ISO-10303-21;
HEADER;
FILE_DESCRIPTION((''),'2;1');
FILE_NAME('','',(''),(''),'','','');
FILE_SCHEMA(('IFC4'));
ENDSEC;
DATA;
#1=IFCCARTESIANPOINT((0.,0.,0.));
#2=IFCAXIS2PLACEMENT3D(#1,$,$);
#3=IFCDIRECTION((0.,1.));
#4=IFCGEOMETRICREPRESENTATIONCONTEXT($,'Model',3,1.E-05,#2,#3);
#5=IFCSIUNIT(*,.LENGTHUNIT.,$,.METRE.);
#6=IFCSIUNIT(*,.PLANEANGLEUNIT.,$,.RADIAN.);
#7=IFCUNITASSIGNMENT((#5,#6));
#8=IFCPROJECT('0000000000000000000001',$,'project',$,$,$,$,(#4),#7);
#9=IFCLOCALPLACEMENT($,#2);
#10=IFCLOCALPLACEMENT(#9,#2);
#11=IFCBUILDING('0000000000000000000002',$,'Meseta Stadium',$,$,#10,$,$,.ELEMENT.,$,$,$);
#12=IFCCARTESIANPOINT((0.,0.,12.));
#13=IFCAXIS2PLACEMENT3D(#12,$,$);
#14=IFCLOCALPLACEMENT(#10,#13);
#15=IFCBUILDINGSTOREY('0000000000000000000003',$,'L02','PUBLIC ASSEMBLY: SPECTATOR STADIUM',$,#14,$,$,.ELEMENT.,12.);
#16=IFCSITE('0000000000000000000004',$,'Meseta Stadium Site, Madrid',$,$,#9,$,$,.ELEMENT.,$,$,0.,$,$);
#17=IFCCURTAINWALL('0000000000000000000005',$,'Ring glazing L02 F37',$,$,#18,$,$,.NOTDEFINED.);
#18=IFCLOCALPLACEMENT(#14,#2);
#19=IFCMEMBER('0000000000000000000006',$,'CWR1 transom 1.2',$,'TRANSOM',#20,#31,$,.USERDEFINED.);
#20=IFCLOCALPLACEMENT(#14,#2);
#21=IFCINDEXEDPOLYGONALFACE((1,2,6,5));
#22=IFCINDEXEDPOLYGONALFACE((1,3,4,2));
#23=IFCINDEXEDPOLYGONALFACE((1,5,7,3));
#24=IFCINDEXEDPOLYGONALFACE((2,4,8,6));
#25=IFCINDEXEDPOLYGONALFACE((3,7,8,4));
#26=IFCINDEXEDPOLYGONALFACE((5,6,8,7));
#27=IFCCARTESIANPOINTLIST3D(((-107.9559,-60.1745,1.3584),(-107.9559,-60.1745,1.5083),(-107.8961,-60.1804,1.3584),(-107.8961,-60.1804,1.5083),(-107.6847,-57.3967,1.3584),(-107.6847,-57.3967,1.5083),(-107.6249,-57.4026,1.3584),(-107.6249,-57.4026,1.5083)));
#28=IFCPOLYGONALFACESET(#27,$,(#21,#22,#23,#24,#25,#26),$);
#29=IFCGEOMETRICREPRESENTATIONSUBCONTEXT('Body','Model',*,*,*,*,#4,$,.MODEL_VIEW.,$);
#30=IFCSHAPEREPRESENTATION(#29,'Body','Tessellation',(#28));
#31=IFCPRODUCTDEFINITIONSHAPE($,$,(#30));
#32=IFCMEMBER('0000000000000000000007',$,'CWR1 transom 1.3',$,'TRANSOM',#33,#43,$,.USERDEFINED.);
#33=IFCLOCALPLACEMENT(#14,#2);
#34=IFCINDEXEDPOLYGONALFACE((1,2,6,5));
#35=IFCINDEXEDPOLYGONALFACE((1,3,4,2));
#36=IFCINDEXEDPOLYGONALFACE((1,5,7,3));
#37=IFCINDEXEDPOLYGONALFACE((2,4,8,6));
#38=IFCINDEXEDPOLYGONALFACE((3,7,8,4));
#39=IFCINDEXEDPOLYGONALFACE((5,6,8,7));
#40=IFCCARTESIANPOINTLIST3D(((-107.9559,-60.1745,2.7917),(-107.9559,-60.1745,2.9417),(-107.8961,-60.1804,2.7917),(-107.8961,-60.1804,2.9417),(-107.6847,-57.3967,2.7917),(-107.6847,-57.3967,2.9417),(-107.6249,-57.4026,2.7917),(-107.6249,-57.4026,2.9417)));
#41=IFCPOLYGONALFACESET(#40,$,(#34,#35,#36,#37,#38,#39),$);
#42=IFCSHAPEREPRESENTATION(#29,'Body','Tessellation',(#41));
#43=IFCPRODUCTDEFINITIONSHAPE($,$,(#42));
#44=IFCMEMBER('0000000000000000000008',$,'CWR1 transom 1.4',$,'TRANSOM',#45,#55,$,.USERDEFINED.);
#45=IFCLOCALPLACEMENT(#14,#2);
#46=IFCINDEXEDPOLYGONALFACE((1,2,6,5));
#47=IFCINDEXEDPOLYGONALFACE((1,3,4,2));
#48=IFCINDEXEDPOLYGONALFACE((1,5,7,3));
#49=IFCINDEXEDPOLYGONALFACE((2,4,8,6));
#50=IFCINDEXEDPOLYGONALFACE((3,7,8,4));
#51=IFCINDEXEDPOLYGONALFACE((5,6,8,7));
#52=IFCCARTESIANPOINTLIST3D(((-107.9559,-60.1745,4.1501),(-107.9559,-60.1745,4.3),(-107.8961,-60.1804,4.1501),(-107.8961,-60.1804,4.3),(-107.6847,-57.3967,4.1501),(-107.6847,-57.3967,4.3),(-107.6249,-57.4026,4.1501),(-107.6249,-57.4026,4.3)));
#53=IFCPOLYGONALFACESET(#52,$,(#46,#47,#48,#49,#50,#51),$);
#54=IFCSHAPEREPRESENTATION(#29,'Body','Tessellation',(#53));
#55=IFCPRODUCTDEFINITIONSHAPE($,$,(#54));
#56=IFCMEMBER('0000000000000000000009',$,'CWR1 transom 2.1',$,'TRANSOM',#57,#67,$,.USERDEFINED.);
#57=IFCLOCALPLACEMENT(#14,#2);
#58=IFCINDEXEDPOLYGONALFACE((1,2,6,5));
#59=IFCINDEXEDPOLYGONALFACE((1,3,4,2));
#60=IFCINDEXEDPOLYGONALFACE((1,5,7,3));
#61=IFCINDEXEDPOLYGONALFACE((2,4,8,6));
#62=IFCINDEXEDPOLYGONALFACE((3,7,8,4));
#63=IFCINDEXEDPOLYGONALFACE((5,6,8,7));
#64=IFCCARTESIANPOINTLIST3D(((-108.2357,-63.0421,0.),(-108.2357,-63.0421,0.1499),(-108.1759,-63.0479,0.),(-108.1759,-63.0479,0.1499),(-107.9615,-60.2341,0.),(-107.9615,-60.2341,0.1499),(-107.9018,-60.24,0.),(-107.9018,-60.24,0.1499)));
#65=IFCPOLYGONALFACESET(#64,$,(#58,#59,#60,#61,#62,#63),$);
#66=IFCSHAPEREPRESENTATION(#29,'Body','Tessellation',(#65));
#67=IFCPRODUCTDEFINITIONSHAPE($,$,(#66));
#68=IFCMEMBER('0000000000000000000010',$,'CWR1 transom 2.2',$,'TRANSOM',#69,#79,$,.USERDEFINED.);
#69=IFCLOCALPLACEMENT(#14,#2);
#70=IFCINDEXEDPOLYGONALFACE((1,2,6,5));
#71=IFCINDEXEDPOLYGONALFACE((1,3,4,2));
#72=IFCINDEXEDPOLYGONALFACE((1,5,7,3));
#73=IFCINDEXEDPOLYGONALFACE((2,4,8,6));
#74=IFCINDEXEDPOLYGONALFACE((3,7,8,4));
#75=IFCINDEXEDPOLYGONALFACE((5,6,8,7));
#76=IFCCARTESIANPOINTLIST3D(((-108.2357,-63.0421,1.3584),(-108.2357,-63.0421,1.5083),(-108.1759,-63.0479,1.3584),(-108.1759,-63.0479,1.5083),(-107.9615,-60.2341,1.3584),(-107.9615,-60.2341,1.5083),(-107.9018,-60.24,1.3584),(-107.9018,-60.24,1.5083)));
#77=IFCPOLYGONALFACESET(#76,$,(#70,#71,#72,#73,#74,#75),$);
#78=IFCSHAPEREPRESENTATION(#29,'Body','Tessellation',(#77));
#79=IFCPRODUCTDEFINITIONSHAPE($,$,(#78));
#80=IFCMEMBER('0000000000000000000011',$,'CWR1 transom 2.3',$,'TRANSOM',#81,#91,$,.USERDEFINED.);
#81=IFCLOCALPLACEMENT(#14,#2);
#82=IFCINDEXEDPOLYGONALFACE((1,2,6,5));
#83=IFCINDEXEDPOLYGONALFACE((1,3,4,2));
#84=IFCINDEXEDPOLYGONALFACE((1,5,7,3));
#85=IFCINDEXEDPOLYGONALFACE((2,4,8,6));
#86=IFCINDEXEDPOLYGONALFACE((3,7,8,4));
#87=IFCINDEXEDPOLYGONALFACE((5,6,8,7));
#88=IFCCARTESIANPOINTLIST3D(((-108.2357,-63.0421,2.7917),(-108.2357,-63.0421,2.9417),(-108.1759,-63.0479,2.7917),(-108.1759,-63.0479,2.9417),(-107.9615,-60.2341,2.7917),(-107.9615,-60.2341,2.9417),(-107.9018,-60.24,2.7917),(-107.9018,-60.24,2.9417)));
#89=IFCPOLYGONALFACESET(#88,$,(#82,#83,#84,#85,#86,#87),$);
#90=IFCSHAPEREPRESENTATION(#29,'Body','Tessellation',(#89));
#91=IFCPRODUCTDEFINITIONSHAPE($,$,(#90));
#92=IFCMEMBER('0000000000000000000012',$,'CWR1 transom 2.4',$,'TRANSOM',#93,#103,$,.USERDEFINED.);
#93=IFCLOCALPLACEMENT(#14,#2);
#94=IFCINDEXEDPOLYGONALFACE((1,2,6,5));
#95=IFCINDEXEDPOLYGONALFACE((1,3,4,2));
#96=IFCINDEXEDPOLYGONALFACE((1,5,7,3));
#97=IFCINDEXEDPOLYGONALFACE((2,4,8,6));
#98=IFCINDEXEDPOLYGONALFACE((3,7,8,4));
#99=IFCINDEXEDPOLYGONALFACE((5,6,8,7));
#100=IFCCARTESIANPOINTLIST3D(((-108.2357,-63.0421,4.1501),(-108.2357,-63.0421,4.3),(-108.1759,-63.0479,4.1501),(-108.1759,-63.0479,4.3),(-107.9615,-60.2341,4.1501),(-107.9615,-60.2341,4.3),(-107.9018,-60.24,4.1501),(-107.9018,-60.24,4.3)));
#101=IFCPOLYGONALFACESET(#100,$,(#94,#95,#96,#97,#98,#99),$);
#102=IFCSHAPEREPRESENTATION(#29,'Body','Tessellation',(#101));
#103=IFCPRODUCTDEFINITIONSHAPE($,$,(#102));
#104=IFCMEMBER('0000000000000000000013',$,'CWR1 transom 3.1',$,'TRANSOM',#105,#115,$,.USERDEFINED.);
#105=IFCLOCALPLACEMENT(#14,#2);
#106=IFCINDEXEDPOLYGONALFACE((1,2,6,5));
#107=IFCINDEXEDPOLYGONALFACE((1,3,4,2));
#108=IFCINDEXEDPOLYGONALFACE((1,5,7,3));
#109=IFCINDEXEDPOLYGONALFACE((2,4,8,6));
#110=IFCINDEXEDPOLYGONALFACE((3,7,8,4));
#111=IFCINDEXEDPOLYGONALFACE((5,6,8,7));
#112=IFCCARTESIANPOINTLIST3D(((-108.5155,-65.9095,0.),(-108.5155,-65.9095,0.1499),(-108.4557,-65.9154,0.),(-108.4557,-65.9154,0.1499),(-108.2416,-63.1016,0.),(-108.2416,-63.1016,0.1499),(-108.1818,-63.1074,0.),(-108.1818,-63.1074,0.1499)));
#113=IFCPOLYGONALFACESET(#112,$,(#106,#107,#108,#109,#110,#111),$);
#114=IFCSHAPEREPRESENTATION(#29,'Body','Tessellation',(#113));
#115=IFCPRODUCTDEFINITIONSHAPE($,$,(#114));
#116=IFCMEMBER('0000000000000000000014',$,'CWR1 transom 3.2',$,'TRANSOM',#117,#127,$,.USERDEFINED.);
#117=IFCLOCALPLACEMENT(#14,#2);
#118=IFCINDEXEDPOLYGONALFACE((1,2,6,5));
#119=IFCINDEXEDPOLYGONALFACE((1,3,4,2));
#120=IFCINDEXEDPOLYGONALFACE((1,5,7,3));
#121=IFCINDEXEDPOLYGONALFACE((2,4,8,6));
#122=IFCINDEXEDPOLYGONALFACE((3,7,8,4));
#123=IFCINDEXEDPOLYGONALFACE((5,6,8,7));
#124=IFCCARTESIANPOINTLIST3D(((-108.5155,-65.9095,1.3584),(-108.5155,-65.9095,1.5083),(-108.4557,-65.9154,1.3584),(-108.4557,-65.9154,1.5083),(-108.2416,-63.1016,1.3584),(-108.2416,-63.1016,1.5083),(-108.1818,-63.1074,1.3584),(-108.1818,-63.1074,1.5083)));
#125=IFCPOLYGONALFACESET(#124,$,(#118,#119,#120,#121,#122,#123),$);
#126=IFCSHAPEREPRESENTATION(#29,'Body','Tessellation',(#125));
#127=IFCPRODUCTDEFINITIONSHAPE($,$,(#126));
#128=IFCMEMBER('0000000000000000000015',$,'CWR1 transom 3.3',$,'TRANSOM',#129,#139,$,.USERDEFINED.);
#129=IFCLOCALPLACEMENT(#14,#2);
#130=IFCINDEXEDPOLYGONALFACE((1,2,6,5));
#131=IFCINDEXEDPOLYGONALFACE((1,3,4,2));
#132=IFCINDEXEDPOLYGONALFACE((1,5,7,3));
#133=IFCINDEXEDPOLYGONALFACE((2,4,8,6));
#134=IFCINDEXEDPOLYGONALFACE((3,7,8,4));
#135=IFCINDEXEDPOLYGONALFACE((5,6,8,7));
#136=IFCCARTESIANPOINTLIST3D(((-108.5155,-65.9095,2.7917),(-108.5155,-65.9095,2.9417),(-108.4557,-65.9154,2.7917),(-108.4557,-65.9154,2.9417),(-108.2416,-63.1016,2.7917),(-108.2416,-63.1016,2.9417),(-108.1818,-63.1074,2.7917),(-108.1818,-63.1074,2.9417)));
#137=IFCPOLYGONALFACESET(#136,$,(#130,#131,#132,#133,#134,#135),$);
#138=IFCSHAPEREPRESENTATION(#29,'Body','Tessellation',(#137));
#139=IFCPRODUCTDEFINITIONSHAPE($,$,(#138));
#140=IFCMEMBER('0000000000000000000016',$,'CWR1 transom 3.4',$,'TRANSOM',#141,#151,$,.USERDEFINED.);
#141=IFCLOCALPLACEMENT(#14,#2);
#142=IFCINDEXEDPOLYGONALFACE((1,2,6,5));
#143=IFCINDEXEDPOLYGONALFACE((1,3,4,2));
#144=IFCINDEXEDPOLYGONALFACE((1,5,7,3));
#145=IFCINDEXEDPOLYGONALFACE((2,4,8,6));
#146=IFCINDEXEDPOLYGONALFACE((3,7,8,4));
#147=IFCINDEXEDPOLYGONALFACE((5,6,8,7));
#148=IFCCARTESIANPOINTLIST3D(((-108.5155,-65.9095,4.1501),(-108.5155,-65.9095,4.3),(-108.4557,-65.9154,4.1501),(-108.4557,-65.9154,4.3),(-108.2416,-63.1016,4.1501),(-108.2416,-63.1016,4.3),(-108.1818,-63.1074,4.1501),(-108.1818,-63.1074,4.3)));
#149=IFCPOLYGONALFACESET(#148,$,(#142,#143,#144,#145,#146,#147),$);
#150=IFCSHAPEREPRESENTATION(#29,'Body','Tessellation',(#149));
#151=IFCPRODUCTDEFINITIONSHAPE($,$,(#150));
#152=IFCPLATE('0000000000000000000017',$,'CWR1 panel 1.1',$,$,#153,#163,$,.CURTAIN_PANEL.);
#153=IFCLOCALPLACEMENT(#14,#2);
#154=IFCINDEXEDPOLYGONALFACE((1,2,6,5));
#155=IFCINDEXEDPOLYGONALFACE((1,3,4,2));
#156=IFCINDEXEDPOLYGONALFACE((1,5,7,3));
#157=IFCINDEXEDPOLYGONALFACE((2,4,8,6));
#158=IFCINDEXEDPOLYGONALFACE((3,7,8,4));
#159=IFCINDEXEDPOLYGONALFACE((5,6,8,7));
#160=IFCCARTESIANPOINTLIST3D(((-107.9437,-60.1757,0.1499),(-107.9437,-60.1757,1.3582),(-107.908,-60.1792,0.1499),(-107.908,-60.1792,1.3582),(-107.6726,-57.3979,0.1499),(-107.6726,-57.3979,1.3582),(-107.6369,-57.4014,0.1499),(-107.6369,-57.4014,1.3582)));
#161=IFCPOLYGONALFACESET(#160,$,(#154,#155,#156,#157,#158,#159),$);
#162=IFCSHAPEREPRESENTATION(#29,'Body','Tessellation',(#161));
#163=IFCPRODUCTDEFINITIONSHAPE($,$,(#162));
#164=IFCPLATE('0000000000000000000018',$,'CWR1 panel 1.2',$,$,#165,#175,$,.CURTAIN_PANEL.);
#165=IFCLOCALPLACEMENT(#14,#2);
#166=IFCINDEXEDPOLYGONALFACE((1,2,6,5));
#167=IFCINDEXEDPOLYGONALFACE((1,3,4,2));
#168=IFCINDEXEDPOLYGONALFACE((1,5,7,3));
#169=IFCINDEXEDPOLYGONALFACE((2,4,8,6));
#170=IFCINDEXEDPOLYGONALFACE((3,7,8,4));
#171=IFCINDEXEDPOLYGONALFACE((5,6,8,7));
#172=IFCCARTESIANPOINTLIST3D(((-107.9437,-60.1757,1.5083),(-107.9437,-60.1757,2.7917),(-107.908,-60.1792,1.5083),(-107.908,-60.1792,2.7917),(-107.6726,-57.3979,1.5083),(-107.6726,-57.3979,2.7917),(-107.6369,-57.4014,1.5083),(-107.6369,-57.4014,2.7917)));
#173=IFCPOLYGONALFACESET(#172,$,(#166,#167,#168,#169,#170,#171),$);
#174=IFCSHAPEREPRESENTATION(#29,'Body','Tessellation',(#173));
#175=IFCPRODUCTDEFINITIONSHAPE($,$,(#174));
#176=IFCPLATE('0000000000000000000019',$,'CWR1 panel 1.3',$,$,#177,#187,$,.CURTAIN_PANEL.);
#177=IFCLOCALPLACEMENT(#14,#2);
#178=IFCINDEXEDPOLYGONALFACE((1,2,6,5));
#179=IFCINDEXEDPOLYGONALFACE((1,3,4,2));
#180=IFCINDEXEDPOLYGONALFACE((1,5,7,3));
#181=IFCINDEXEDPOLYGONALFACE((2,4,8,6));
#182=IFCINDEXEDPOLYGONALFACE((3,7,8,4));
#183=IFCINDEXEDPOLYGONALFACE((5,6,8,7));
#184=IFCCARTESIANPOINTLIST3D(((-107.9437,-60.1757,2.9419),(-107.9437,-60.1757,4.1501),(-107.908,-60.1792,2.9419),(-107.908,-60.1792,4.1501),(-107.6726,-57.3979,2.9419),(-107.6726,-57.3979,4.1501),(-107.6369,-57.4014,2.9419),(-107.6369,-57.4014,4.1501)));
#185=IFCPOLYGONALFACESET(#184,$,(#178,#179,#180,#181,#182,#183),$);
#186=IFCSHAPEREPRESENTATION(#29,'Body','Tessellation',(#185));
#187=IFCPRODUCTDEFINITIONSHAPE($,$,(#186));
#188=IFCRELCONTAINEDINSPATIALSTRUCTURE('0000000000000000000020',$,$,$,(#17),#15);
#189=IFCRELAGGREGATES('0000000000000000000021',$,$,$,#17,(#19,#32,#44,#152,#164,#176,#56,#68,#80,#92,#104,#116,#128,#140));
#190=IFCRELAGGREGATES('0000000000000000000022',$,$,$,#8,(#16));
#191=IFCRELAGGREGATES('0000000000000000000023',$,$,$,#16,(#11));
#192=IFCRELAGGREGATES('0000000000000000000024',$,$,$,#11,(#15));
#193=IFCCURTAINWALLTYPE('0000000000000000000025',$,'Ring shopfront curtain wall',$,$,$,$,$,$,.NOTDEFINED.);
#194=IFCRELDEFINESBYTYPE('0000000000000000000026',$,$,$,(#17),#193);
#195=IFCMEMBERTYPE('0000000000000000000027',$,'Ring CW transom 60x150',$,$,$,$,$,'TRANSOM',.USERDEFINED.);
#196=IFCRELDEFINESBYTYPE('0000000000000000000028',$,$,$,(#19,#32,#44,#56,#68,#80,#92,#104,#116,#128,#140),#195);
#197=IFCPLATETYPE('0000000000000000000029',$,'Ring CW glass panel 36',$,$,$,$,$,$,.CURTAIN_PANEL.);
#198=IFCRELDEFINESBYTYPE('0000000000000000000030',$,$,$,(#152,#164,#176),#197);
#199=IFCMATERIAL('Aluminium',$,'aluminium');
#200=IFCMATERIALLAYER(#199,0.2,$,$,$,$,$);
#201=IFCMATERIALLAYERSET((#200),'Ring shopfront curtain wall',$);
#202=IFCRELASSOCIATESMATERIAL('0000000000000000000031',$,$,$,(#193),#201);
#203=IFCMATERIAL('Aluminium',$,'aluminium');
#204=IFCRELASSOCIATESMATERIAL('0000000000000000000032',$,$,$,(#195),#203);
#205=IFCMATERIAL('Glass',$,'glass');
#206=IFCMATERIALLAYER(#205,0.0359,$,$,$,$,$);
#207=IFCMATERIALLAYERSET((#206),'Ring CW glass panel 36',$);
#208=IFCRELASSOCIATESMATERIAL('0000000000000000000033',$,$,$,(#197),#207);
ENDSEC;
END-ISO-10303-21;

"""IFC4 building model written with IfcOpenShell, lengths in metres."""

from ifc_helpers import new_model, si_unit, direction, frame, origin, origin_2d, place, context, subcontext, project, spatial, rectangle, extrude, material, layer, layer_set, material_profile, profile_set, type_object, element, aggregate, save


model = new_model("IFC4")

# Units and contexts
model_context = context("Model", 3, precision=1e-05, world=origin(), true_north=direction((0.0, 1.0)))
body_context = subcontext(model_context, "Body", "Model", "MODEL_VIEW")
ifc_project = project(units=[si_unit("LENGTHUNIT", "METRE"), si_unit("PLANEANGLEUNIT", "RADIAN")], contexts=[model_context])

# Site, building, storey
site_placement = place(None, origin())
site = spatial("IfcSite", under=ifc_project, at=site_placement, Name="Meseta Stadium Site, Madrid", CompositionType="ELEMENT", RefElevation=0.0)
building_placement = place(site_placement, origin())
building = spatial("IfcBuilding", under=site, at=building_placement, Name="Meseta Stadium", CompositionType="ELEMENT")
storey_placement = place(building_placement, frame((0.0, 0.0, 12.0)))
storey = spatial("IfcBuildingStorey", under=building, at=storey_placement, Name="L02", Description="PUBLIC ASSEMBLY: SPECTATOR STADIUM", CompositionType="ELEMENT", Elevation=12.0)

# Shared definitions
ifc_material_1 = material(Name="Aluminium", Category="aluminium")
ifc_layer_1 = layer(ifc_material_1, 0.2)
ifc_layer_set_1 = layer_set([ifc_layer_1], Name="Ring shopfront curtain wall")
curtain_wall_type = type_object("IfcCurtainWallType", Name="Ring shopfront curtain wall", PredefinedType="NOTDEFINED", material=ifc_layer_set_1)

# Curtain wall, members, plates
curtain_wall_1_placement = place(storey_placement, origin())
curtain_wall_1 = element("IfcCurtainWall", 1, at=curtain_wall_1_placement, inside=storey, type_object=curtain_wall_type, Name="Ring glazing L02 F37", PredefinedType="NOTDEFINED")
ifc_material_2 = material(Name="Aluminium", Category="aluminium")
ifc_material_profile_1 = material_profile(ifc_material_2, rectangle(XDim=0.0601, YDim=0.1499, at=origin_2d()), Name="CW 60x150")
ifc_profile_set_1 = profile_set([ifc_material_profile_1], Name="Aluminium")
member_type_1 = type_object("IfcMemberType", Name="Ring CW transom 60x150", ElementType="TRANSOM", PredefinedType="USERDEFINED", material=ifc_profile_set_1)
member_1_placement = place(storey_placement, frame((-107.6548, -57.3997, 1.4333), z_axis=(-0.097182, -0.995267, 0.0), x_axis=(0.995267, -0.097182, 0.0)))
member_1 = element("IfcMember", 2, at=member_1_placement, type_object=member_type_1, Name="CWR1 transom 1.2", ObjectType="TRANSOM", PredefinedType="USERDEFINED", context=body_context, shape_type="SweptSolid", body=[
    extrude(rectangle(XDim=0.0601, YDim=0.1499, at=origin_2d()), origin(), (0.0, 0.0, 1.0), 2.791),
])
member_2_placement = place(storey_placement, frame((-107.6548, -57.3997, 2.8667), z_axis=(-0.097182, -0.995267, 0.0), x_axis=(0.995267, -0.097182, 0.0)))
member_2 = element("IfcMember", 3, at=member_2_placement, type_object=member_type_1, Name="CWR1 transom 1.3", ObjectType="TRANSOM", PredefinedType="USERDEFINED", context=body_context, shape_type="SweptSolid", body=[
    extrude(rectangle(XDim=0.0601, YDim=0.1499, at=origin_2d()), origin(), (0.0, 0.0, 1.0), 2.791),
])
member_3_placement = place(storey_placement, frame((-107.6548, -57.3997, 4.2251), z_axis=(-0.097182, -0.995267, 0.0), x_axis=(0.995267, -0.097182, 0.0)))
member_3 = element("IfcMember", 4, at=member_3_placement, type_object=member_type_1, Name="CWR1 transom 1.4", ObjectType="TRANSOM", PredefinedType="USERDEFINED", context=body_context, shape_type="SweptSolid", body=[
    extrude(rectangle(XDim=0.0601, YDim=0.1499, at=origin_2d()), origin(), (0.0, 0.0, 1.0), 2.791),
])
member_4_placement = place(storey_placement, frame((-107.9316, -60.2371, 0.075), z_axis=(-0.097182, -0.995267, 0.0), x_axis=(0.995267, -0.097182, 0.0)))
member_4 = element("IfcMember", 5, at=member_4_placement, type_object=member_type_1, Name="CWR1 transom 2.1", ObjectType="TRANSOM", PredefinedType="USERDEFINED", context=body_context, shape_type="SweptSolid", body=[
    extrude(rectangle(XDim=0.0601, YDim=0.1499, at=origin_2d()), origin(), (0.0, 0.0, 1.0), 2.8213),
])
member_5_placement = place(storey_placement, frame((-107.9316, -60.2371, 1.4333), z_axis=(-0.097182, -0.995267, 0.0), x_axis=(0.995267, -0.097182, 0.0)))
member_5 = element("IfcMember", 6, at=member_5_placement, type_object=member_type_1, Name="CWR1 transom 2.2", ObjectType="TRANSOM", PredefinedType="USERDEFINED", context=body_context, shape_type="SweptSolid", body=[
    extrude(rectangle(XDim=0.0601, YDim=0.1499, at=origin_2d()), origin(), (0.0, 0.0, 1.0), 2.8213),
])
member_6_placement = place(storey_placement, frame((-107.9316, -60.2371, 2.8667), z_axis=(-0.097182, -0.995267, 0.0), x_axis=(0.995267, -0.097182, 0.0)))
member_6 = element("IfcMember", 7, at=member_6_placement, type_object=member_type_1, Name="CWR1 transom 2.3", ObjectType="TRANSOM", PredefinedType="USERDEFINED", context=body_context, shape_type="SweptSolid", body=[
    extrude(rectangle(XDim=0.0601, YDim=0.1499, at=origin_2d()), origin(), (0.0, 0.0, 1.0), 2.8213),
])
member_7_placement = place(storey_placement, frame((-107.9316, -60.2371, 4.2251), z_axis=(-0.097182, -0.995267, 0.0), x_axis=(0.995267, -0.097182, 0.0)))
member_7 = element("IfcMember", 8, at=member_7_placement, type_object=member_type_1, Name="CWR1 transom 2.4", ObjectType="TRANSOM", PredefinedType="USERDEFINED", context=body_context, shape_type="SweptSolid", body=[
    extrude(rectangle(XDim=0.0601, YDim=0.1499, at=origin_2d()), origin(), (0.0, 0.0, 1.0), 2.8213),
])
member_8_placement = place(storey_placement, frame((-108.2117, -63.1045, 0.075), z_axis=(-0.097096, -0.995275, 0.0), x_axis=(0.995275, -0.097096, 0.0)))
member_8 = element("IfcMember", 9, at=member_8_placement, type_object=member_type_1, Name="CWR1 transom 3.1", ObjectType="TRANSOM", PredefinedType="USERDEFINED", context=body_context, shape_type="SweptSolid", body=[
    extrude(rectangle(XDim=0.0601, YDim=0.1499, at=origin_2d()), origin(), (0.0, 0.0, 1.0), 2.8213),
])
member_9_placement = place(storey_placement, frame((-108.2117, -63.1045, 1.4333), z_axis=(-0.097096, -0.995275, 0.0), x_axis=(0.995275, -0.097096, 0.0)))
member_9 = element("IfcMember", 10, at=member_9_placement, type_object=member_type_1, Name="CWR1 transom 3.2", ObjectType="TRANSOM", PredefinedType="USERDEFINED", context=body_context, shape_type="SweptSolid", body=[
    extrude(rectangle(XDim=0.0601, YDim=0.1499, at=origin_2d()), origin(), (0.0, 0.0, 1.0), 2.8213),
])
member_10_placement = place(storey_placement, frame((-108.2117, -63.1045, 2.8667), z_axis=(-0.097096, -0.995275, 0.0), x_axis=(0.995275, -0.097096, 0.0)))
member_10 = element("IfcMember", 11, at=member_10_placement, type_object=member_type_1, Name="CWR1 transom 3.3", ObjectType="TRANSOM", PredefinedType="USERDEFINED", context=body_context, shape_type="SweptSolid", body=[
    extrude(rectangle(XDim=0.0601, YDim=0.1499, at=origin_2d()), origin(), (0.0, 0.0, 1.0), 2.8213),
])
member_11_placement = place(storey_placement, frame((-108.2117, -63.1045, 4.2251), z_axis=(-0.097096, -0.995275, 0.0), x_axis=(0.995275, -0.097096, 0.0)))
member_11 = element("IfcMember", 12, at=member_11_placement, type_object=member_type_1, Name="CWR1 transom 3.4", ObjectType="TRANSOM", PredefinedType="USERDEFINED", context=body_context, shape_type="SweptSolid", body=[
    extrude(rectangle(XDim=0.0601, YDim=0.1499, at=origin_2d()), origin(), (0.0, 0.0, 1.0), 2.8213),
])
ifc_material_3 = material(Name="Glass", Category="glass")
ifc_layer_2 = layer(ifc_material_3, 0.0359)
ifc_layer_set_2 = layer_set([ifc_layer_2], Name="Ring CW glass panel 36")
plate_type_1 = type_object("IfcPlateType", Name="Ring CW glass panel 36", PredefinedType="CURTAIN_PANEL", material=ifc_layer_set_2)
plate_1_placement = place(storey_placement, frame((-107.7903, -58.7886, 0.1499), z_axis=(0.0, 0.0, 1.0), x_axis=(-0.097125, -0.995272, 0.0)))
plate_1 = element("IfcPlate", 13, at=plate_1_placement, type_object=plate_type_1, Name="CWR1 panel 1.1", PredefinedType="CURTAIN_PANEL", context=body_context, shape_type="SweptSolid", body=[
    extrude(rectangle(XDim=2.791, YDim=0.0359, at=origin_2d()), origin(), (0.0, 0.0, 1.0), 1.2083),
])
plate_2_placement = place(storey_placement, frame((-107.7903, -58.7886, 1.5083), z_axis=(0.0, 0.0, 1.0), x_axis=(-0.097125, -0.995272, 0.0)))
plate_2 = element("IfcPlate", 14, at=plate_2_placement, type_object=plate_type_1, Name="CWR1 panel 1.2", PredefinedType="CURTAIN_PANEL", context=body_context, shape_type="SweptSolid", body=[
    extrude(rectangle(XDim=2.791, YDim=0.0359, at=origin_2d()), origin(), (0.0, 0.0, 1.0), 1.2834),
])
plate_3_placement = place(storey_placement, frame((-107.7903, -58.7886, 2.9419), z_axis=(0.0, 0.0, 1.0), x_axis=(-0.097125, -0.995272, 0.0)))
plate_3 = element("IfcPlate", 15, at=plate_3_placement, type_object=plate_type_1, Name="CWR1 panel 1.3", PredefinedType="CURTAIN_PANEL", context=body_context, shape_type="SweptSolid", body=[
    extrude(rectangle(XDim=2.791, YDim=0.0359, at=origin_2d()), origin(), (0.0, 0.0, 1.0), 1.2083),
])
aggregate(curtain_wall_1, [member_1, member_2, member_3, plate_1, plate_2, plate_3, member_4, member_5, member_6, member_7, member_8, member_9, member_10, member_11])

save(model, "model.ifc")
